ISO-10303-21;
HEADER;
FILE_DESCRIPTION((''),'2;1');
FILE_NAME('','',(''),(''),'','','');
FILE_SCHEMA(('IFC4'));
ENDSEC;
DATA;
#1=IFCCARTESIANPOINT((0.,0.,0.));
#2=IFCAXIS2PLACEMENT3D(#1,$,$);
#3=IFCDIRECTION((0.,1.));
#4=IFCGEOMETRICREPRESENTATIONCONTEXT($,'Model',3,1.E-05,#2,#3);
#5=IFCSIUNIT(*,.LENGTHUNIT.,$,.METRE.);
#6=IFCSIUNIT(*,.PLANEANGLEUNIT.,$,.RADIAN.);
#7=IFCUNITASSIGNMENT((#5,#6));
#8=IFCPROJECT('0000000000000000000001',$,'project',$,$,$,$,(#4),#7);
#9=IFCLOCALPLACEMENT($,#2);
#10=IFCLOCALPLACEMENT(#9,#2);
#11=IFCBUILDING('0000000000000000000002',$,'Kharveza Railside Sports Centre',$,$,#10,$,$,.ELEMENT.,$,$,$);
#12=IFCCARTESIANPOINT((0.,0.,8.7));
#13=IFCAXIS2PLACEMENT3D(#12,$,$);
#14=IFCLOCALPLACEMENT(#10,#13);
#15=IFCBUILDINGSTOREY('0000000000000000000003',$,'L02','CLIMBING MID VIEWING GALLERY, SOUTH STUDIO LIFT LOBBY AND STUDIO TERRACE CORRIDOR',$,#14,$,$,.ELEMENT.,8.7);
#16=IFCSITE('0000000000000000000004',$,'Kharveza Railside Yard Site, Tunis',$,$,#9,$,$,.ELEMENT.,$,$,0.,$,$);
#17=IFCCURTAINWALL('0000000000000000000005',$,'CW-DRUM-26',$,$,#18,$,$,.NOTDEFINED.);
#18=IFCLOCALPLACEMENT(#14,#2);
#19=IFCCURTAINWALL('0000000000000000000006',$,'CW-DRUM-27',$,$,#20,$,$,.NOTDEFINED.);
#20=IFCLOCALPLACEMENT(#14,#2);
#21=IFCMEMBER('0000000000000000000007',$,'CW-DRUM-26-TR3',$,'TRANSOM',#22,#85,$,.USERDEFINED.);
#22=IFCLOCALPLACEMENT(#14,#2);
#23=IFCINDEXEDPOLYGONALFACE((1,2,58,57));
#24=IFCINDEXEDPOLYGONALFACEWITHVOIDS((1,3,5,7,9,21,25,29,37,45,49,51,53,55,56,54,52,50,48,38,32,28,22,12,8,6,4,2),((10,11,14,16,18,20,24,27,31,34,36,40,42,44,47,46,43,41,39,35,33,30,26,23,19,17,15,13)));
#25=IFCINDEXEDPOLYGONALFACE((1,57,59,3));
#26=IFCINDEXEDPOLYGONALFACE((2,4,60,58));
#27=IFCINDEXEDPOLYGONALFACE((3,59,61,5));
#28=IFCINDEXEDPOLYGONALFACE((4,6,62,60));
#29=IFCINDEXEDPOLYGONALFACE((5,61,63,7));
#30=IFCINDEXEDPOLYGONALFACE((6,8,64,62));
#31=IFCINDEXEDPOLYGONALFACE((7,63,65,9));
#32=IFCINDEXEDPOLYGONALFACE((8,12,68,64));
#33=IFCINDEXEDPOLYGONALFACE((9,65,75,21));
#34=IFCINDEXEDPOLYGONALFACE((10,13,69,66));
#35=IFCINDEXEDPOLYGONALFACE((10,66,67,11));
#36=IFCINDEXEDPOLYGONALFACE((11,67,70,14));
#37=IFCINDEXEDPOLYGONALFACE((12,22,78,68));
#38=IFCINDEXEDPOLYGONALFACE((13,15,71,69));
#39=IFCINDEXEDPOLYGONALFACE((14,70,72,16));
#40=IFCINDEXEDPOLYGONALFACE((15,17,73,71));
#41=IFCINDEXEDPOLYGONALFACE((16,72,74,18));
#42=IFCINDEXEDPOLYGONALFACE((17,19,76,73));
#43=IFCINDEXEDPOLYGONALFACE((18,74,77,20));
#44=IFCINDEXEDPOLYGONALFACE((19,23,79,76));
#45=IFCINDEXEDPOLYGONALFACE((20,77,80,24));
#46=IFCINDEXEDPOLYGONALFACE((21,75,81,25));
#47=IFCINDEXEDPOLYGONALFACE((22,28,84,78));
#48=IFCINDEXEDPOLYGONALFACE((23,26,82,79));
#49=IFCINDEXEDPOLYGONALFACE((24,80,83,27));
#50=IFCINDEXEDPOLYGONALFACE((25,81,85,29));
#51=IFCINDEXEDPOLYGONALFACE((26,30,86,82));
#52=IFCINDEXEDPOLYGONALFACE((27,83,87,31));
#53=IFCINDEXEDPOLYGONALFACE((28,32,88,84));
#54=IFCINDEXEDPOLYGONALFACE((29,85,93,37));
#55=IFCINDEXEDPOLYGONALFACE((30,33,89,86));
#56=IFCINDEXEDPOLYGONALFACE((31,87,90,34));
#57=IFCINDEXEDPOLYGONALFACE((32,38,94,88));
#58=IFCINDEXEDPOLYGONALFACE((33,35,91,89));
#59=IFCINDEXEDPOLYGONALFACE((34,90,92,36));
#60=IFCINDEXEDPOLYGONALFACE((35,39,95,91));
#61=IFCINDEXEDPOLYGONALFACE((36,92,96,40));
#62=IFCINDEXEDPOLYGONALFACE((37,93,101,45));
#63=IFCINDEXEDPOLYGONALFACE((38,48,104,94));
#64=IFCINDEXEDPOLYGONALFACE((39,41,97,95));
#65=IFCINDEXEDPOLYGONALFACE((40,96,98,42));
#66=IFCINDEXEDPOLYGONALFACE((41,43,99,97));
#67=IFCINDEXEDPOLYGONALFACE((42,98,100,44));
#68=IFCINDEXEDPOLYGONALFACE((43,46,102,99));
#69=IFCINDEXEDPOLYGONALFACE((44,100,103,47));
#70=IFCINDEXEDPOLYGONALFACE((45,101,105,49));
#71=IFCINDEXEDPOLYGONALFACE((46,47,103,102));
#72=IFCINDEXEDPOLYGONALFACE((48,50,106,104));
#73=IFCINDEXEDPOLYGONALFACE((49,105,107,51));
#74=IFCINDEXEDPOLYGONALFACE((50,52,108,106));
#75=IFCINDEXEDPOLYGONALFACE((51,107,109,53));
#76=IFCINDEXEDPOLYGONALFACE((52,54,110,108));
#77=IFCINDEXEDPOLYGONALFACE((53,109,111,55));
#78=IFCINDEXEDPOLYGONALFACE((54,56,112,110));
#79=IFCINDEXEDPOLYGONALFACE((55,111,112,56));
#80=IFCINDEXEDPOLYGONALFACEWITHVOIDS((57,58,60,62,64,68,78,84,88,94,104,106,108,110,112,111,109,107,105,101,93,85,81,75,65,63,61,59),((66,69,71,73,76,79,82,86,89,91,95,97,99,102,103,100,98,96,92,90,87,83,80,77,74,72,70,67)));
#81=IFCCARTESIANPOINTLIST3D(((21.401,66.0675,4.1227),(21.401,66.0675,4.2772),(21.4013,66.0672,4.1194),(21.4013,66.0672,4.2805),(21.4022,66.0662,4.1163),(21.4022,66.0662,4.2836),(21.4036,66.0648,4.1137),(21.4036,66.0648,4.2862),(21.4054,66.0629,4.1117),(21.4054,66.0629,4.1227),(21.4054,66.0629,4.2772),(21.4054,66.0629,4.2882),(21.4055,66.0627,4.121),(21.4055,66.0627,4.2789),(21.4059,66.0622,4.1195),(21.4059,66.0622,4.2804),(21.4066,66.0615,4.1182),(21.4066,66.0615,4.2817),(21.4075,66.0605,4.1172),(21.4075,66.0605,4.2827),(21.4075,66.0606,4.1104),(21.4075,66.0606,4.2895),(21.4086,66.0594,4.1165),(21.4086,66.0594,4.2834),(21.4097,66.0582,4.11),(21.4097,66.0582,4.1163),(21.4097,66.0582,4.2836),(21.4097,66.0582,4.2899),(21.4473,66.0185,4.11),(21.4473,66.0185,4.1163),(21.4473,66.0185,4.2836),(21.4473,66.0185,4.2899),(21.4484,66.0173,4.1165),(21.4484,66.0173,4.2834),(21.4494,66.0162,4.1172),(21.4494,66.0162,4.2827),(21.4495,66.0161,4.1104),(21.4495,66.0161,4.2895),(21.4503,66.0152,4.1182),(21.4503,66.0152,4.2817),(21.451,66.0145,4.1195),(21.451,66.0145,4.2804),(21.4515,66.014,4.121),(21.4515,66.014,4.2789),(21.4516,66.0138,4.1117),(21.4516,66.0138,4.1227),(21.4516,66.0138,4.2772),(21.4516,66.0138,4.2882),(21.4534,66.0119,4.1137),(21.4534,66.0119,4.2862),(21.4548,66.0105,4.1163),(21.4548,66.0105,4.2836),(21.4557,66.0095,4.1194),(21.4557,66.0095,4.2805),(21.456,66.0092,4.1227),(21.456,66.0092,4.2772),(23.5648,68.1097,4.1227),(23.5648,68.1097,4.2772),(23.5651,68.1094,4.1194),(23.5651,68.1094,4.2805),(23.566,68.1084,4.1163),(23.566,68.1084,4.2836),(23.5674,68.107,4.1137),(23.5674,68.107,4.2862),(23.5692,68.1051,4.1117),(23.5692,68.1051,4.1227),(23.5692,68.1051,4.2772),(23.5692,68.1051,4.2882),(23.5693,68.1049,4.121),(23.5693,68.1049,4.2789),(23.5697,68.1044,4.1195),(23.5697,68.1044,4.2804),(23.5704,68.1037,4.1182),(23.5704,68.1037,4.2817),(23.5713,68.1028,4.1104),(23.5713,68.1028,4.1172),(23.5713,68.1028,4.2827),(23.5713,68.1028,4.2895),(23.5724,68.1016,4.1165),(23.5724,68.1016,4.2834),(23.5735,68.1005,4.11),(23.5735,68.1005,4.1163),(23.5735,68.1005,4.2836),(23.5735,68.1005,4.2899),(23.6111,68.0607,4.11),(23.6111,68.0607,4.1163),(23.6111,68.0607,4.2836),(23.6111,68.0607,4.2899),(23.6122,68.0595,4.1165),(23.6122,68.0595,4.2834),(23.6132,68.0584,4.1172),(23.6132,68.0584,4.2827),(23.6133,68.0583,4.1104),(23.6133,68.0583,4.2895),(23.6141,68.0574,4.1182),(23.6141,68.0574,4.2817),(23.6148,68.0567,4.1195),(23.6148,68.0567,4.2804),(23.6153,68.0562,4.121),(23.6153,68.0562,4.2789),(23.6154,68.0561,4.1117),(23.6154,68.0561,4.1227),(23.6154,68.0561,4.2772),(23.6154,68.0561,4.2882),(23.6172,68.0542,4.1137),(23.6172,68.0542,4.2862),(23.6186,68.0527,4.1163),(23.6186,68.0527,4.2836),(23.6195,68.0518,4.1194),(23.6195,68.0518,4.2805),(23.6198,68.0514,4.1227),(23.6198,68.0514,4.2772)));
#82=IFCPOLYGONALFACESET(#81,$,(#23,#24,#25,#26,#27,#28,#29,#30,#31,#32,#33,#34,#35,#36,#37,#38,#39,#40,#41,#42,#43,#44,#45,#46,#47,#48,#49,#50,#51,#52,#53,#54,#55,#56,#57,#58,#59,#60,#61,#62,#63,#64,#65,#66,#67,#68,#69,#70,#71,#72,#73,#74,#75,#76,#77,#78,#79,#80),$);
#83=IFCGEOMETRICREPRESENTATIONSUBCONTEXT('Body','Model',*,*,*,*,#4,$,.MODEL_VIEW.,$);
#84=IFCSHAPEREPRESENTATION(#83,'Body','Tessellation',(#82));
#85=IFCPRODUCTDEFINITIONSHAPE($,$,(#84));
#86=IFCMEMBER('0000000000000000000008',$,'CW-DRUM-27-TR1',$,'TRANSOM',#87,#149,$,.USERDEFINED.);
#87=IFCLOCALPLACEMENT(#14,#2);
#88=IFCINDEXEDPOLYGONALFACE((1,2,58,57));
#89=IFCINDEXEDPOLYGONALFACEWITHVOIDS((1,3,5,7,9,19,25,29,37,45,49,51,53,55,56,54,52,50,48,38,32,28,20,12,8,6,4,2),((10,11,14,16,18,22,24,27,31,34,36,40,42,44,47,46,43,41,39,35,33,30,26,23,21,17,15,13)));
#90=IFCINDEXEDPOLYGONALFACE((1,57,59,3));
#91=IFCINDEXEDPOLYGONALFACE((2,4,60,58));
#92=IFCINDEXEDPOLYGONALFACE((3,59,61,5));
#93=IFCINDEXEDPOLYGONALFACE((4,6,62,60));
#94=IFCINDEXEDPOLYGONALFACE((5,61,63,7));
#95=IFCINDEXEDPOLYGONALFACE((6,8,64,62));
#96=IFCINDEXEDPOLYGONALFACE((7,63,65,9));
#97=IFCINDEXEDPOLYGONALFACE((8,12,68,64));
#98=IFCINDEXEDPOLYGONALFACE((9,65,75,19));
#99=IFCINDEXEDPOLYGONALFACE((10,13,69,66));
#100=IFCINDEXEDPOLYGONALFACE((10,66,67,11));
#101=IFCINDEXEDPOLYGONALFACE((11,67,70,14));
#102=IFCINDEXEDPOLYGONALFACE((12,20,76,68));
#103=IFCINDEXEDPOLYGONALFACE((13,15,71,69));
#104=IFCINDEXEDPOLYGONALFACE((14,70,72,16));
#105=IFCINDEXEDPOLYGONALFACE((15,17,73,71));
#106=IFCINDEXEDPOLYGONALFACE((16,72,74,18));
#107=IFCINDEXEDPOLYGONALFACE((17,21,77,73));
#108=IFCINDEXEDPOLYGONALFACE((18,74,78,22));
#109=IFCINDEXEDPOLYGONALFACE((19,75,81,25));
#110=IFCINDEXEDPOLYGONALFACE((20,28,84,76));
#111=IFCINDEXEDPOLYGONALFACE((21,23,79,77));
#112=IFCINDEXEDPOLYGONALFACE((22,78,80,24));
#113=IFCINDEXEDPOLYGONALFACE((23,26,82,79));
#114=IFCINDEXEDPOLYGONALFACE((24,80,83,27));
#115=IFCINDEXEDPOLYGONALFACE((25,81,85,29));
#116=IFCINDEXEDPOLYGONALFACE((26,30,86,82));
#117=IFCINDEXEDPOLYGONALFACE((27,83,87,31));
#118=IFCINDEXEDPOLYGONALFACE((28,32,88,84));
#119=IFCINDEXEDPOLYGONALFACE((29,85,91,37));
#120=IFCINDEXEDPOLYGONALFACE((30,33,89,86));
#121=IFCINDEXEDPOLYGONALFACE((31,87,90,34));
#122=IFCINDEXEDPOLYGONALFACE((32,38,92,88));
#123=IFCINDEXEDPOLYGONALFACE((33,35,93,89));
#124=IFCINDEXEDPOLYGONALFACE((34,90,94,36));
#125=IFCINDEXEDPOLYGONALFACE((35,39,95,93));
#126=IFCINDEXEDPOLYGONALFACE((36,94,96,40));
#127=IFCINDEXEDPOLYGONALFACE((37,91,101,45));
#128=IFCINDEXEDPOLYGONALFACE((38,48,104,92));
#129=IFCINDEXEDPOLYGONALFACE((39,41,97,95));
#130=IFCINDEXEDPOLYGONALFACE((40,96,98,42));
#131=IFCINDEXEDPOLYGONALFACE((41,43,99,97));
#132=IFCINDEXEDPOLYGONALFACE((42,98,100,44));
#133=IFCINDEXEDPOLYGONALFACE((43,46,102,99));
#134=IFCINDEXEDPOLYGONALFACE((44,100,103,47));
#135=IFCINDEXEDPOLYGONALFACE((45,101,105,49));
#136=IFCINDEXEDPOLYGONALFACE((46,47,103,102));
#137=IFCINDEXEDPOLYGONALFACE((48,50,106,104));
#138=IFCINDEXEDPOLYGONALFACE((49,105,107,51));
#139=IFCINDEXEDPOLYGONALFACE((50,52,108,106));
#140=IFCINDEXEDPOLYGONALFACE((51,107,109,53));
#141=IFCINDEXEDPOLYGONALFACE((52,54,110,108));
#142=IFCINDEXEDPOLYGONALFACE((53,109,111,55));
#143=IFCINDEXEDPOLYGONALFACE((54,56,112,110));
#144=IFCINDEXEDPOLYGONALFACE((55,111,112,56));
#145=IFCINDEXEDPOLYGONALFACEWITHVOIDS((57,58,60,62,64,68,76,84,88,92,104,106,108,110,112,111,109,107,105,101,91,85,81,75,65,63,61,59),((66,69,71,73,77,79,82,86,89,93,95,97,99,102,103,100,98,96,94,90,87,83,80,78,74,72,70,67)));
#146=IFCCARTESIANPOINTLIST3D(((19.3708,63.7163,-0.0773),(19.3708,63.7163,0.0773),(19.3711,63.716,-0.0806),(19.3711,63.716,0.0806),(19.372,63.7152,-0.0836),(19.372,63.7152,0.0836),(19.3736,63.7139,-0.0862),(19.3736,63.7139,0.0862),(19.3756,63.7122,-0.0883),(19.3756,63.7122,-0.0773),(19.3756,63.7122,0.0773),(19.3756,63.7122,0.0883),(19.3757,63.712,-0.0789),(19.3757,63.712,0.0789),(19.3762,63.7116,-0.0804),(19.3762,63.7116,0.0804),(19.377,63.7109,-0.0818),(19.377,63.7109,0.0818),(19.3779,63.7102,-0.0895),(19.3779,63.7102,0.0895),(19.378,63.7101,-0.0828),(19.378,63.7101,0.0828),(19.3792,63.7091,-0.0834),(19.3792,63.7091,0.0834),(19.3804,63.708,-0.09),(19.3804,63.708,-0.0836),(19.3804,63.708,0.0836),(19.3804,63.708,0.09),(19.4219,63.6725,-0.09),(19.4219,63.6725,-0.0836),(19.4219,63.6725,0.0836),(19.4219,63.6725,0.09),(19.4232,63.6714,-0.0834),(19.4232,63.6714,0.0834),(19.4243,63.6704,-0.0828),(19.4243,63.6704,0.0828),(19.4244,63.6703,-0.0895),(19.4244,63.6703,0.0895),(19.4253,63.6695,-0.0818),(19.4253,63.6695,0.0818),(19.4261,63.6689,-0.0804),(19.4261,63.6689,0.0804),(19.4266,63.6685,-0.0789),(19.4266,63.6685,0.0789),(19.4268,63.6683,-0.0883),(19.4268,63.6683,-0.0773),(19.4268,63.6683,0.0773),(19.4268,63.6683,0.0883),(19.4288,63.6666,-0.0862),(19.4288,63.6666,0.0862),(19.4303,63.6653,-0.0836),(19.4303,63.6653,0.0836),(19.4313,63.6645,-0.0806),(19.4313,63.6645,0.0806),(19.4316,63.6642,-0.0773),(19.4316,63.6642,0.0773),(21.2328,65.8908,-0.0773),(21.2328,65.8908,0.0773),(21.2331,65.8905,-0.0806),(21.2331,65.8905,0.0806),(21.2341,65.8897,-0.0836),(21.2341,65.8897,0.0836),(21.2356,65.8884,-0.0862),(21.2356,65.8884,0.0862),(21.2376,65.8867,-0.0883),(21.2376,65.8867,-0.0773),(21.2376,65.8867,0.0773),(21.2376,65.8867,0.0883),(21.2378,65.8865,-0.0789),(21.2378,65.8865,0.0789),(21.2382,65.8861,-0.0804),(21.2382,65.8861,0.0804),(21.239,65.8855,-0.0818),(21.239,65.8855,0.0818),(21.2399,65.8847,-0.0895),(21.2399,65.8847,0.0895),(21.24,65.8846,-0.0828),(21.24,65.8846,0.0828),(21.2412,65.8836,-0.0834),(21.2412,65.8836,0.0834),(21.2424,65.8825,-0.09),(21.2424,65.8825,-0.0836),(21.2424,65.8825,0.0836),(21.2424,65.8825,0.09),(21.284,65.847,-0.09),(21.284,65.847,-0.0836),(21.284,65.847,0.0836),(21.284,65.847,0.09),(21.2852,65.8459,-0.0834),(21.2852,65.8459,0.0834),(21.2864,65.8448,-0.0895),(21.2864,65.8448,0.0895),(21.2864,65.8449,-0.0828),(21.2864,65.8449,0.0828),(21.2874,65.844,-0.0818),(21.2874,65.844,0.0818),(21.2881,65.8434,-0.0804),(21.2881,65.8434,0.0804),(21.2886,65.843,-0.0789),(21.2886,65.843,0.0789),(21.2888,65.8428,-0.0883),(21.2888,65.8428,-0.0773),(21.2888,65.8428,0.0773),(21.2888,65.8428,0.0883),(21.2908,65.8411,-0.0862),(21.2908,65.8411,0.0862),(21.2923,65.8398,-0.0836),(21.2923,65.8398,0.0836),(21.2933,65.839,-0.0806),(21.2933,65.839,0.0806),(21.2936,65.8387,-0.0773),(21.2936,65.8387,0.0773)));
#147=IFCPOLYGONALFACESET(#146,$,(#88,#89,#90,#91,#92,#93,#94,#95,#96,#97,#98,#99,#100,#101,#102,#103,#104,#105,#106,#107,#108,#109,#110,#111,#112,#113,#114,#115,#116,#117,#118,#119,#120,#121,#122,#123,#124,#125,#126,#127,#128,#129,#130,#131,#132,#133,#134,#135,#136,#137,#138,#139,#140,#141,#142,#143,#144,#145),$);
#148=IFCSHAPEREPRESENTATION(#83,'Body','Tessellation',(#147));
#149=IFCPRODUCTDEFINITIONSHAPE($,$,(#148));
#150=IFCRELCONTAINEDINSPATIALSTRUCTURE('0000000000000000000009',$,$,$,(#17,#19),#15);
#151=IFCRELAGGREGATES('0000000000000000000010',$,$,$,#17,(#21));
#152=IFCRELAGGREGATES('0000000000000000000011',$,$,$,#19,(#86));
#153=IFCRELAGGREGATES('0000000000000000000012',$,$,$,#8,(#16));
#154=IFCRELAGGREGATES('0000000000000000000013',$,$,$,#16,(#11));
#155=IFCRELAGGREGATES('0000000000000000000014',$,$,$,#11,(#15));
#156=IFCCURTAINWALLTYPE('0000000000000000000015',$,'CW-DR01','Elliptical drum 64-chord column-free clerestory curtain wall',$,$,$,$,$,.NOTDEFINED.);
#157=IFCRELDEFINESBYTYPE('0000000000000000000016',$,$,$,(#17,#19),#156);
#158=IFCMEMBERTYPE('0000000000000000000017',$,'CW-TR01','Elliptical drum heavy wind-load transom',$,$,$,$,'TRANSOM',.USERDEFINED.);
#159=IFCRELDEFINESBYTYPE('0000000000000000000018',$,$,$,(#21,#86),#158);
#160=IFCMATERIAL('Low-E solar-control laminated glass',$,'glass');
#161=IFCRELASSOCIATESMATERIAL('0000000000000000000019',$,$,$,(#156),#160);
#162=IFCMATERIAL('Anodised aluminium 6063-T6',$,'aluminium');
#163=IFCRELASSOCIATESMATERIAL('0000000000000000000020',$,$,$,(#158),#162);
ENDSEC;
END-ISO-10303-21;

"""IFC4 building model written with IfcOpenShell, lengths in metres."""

from ifc_helpers import new_model, si_unit, direction, frame, origin, origin_2d, place, context, subcontext, project, spatial, hollow_rectangle, extrude, material, material_profile, profile_set, type_object, element, aggregate, save


model = new_model("IFC4")

# Units and contexts
model_context = context("Model", 3, precision=1e-05, world=origin(), true_north=direction((0.0, 1.0)))
body_context = subcontext(model_context, "Body", "Model", "MODEL_VIEW")
ifc_project = project(units=[si_unit("LENGTHUNIT", "METRE"), si_unit("PLANEANGLEUNIT", "RADIAN")], contexts=[model_context])

# Site, building, storey
site_placement = place(None, origin())
site = spatial("IfcSite", under=ifc_project, at=site_placement, Name="Kharveza Railside Yard Site, Tunis", CompositionType="ELEMENT", RefElevation=0.0)
building_placement = place(site_placement, origin())
building = spatial("IfcBuilding", under=site, at=building_placement, Name="Kharveza Railside Sports Centre", CompositionType="ELEMENT")
storey_placement = place(building_placement, frame((0.0, 0.0, 8.7)))
storey = spatial("IfcBuildingStorey", under=building, at=storey_placement, Name="L02", Description="CLIMBING MID VIEWING GALLERY, SOUTH STUDIO LIFT LOBBY AND STUDIO TERRACE CORRIDOR", CompositionType="ELEMENT", Elevation=8.7)

# Curtain wall
ifc_material_1 = material(Name="Low-E solar-control laminated glass", Category="glass")
curtain_wall_type = type_object("IfcCurtainWallType", Name="CW-DR01", Description="Elliptical drum 64-chord column-free clerestory curtain wall", PredefinedType="NOTDEFINED", material=ifc_material_1)
ifc_material_2 = material(Name="Anodised aluminium 6063-T6", Category="aluminium")
curtain_wall_1_placement = place(storey_placement, origin())
curtain_wall_1 = element("IfcCurtainWall", 1, at=curtain_wall_1_placement, inside=storey, type_object=curtain_wall_type, Name="CW-DRUM-26", PredefinedType="NOTDEFINED")

# Curtain wall
curtain_wall_2_placement = place(storey_placement, origin())
curtain_wall_2 = element("IfcCurtainWall", 2, at=curtain_wall_2_placement, inside=storey, type_object=curtain_wall_type, Name="CW-DRUM-27", PredefinedType="NOTDEFINED")

# Members
ifc_material_profile_1 = material_profile(ifc_material_2, hollow_rectangle(XDim=0.0801, YDim=0.1799, WallThickness=0.0063, InnerFilletRadius=0.0063, OuterFilletRadius=0.0127, at=origin_2d()), Name="RHS 80x180x6.3")
ifc_profile_set_1 = profile_set([ifc_material_profile_1], Name="Anodised aluminium 6063-T6")
member_type_1 = type_object("IfcMemberType", Name="CW-TR01", Description="Elliptical drum heavy wind-load transom", ElementType="TRANSOM", PredefinedType="USERDEFINED", material=ifc_profile_set_1)
member_1_placement = place(storey_placement, frame((23.5923, 68.0806, 4.2), z_axis=(-0.727243, -0.68638, 0.0), x_axis=(0.68638, -0.727243, 0.0)))
member_1 = element("IfcMember", 3, at=member_1_placement, type_object=member_type_1, Name="CW-DRUM-26-TR3", ObjectType="TRANSOM", PredefinedType="USERDEFINED", context=body_context, shape_type="SweptSolid", body=[
    extrude(hollow_rectangle(XDim=0.0801, YDim=0.1799, WallThickness=0.0063, InnerFilletRadius=0.0063, OuterFilletRadius=0.0127, at=origin_2d()), origin(), (0.0, 0.0, 1.0), 2.9753),
])
member_2_placement = place(storey_placement, frame((21.2632, 65.8647, 0.0), z_axis=(-0.650419, -0.759576, 0.0), x_axis=(0.759576, -0.650419, 0.0)))
member_2 = element("IfcMember", 4, at=member_2_placement, type_object=member_type_1, Name="CW-DRUM-27-TR1", ObjectType="TRANSOM", PredefinedType="USERDEFINED", context=body_context, shape_type="SweptSolid", body=[
    extrude(hollow_rectangle(XDim=0.0801, YDim=0.1799, WallThickness=0.0063, InnerFilletRadius=0.0063, OuterFilletRadius=0.0127, at=origin_2d()), origin(), (0.0, 0.0, 1.0), 2.8628),
])

aggregate(curtain_wall_1, [member_1])
aggregate(curtain_wall_2, [member_2])

save(model, "model.ifc")
